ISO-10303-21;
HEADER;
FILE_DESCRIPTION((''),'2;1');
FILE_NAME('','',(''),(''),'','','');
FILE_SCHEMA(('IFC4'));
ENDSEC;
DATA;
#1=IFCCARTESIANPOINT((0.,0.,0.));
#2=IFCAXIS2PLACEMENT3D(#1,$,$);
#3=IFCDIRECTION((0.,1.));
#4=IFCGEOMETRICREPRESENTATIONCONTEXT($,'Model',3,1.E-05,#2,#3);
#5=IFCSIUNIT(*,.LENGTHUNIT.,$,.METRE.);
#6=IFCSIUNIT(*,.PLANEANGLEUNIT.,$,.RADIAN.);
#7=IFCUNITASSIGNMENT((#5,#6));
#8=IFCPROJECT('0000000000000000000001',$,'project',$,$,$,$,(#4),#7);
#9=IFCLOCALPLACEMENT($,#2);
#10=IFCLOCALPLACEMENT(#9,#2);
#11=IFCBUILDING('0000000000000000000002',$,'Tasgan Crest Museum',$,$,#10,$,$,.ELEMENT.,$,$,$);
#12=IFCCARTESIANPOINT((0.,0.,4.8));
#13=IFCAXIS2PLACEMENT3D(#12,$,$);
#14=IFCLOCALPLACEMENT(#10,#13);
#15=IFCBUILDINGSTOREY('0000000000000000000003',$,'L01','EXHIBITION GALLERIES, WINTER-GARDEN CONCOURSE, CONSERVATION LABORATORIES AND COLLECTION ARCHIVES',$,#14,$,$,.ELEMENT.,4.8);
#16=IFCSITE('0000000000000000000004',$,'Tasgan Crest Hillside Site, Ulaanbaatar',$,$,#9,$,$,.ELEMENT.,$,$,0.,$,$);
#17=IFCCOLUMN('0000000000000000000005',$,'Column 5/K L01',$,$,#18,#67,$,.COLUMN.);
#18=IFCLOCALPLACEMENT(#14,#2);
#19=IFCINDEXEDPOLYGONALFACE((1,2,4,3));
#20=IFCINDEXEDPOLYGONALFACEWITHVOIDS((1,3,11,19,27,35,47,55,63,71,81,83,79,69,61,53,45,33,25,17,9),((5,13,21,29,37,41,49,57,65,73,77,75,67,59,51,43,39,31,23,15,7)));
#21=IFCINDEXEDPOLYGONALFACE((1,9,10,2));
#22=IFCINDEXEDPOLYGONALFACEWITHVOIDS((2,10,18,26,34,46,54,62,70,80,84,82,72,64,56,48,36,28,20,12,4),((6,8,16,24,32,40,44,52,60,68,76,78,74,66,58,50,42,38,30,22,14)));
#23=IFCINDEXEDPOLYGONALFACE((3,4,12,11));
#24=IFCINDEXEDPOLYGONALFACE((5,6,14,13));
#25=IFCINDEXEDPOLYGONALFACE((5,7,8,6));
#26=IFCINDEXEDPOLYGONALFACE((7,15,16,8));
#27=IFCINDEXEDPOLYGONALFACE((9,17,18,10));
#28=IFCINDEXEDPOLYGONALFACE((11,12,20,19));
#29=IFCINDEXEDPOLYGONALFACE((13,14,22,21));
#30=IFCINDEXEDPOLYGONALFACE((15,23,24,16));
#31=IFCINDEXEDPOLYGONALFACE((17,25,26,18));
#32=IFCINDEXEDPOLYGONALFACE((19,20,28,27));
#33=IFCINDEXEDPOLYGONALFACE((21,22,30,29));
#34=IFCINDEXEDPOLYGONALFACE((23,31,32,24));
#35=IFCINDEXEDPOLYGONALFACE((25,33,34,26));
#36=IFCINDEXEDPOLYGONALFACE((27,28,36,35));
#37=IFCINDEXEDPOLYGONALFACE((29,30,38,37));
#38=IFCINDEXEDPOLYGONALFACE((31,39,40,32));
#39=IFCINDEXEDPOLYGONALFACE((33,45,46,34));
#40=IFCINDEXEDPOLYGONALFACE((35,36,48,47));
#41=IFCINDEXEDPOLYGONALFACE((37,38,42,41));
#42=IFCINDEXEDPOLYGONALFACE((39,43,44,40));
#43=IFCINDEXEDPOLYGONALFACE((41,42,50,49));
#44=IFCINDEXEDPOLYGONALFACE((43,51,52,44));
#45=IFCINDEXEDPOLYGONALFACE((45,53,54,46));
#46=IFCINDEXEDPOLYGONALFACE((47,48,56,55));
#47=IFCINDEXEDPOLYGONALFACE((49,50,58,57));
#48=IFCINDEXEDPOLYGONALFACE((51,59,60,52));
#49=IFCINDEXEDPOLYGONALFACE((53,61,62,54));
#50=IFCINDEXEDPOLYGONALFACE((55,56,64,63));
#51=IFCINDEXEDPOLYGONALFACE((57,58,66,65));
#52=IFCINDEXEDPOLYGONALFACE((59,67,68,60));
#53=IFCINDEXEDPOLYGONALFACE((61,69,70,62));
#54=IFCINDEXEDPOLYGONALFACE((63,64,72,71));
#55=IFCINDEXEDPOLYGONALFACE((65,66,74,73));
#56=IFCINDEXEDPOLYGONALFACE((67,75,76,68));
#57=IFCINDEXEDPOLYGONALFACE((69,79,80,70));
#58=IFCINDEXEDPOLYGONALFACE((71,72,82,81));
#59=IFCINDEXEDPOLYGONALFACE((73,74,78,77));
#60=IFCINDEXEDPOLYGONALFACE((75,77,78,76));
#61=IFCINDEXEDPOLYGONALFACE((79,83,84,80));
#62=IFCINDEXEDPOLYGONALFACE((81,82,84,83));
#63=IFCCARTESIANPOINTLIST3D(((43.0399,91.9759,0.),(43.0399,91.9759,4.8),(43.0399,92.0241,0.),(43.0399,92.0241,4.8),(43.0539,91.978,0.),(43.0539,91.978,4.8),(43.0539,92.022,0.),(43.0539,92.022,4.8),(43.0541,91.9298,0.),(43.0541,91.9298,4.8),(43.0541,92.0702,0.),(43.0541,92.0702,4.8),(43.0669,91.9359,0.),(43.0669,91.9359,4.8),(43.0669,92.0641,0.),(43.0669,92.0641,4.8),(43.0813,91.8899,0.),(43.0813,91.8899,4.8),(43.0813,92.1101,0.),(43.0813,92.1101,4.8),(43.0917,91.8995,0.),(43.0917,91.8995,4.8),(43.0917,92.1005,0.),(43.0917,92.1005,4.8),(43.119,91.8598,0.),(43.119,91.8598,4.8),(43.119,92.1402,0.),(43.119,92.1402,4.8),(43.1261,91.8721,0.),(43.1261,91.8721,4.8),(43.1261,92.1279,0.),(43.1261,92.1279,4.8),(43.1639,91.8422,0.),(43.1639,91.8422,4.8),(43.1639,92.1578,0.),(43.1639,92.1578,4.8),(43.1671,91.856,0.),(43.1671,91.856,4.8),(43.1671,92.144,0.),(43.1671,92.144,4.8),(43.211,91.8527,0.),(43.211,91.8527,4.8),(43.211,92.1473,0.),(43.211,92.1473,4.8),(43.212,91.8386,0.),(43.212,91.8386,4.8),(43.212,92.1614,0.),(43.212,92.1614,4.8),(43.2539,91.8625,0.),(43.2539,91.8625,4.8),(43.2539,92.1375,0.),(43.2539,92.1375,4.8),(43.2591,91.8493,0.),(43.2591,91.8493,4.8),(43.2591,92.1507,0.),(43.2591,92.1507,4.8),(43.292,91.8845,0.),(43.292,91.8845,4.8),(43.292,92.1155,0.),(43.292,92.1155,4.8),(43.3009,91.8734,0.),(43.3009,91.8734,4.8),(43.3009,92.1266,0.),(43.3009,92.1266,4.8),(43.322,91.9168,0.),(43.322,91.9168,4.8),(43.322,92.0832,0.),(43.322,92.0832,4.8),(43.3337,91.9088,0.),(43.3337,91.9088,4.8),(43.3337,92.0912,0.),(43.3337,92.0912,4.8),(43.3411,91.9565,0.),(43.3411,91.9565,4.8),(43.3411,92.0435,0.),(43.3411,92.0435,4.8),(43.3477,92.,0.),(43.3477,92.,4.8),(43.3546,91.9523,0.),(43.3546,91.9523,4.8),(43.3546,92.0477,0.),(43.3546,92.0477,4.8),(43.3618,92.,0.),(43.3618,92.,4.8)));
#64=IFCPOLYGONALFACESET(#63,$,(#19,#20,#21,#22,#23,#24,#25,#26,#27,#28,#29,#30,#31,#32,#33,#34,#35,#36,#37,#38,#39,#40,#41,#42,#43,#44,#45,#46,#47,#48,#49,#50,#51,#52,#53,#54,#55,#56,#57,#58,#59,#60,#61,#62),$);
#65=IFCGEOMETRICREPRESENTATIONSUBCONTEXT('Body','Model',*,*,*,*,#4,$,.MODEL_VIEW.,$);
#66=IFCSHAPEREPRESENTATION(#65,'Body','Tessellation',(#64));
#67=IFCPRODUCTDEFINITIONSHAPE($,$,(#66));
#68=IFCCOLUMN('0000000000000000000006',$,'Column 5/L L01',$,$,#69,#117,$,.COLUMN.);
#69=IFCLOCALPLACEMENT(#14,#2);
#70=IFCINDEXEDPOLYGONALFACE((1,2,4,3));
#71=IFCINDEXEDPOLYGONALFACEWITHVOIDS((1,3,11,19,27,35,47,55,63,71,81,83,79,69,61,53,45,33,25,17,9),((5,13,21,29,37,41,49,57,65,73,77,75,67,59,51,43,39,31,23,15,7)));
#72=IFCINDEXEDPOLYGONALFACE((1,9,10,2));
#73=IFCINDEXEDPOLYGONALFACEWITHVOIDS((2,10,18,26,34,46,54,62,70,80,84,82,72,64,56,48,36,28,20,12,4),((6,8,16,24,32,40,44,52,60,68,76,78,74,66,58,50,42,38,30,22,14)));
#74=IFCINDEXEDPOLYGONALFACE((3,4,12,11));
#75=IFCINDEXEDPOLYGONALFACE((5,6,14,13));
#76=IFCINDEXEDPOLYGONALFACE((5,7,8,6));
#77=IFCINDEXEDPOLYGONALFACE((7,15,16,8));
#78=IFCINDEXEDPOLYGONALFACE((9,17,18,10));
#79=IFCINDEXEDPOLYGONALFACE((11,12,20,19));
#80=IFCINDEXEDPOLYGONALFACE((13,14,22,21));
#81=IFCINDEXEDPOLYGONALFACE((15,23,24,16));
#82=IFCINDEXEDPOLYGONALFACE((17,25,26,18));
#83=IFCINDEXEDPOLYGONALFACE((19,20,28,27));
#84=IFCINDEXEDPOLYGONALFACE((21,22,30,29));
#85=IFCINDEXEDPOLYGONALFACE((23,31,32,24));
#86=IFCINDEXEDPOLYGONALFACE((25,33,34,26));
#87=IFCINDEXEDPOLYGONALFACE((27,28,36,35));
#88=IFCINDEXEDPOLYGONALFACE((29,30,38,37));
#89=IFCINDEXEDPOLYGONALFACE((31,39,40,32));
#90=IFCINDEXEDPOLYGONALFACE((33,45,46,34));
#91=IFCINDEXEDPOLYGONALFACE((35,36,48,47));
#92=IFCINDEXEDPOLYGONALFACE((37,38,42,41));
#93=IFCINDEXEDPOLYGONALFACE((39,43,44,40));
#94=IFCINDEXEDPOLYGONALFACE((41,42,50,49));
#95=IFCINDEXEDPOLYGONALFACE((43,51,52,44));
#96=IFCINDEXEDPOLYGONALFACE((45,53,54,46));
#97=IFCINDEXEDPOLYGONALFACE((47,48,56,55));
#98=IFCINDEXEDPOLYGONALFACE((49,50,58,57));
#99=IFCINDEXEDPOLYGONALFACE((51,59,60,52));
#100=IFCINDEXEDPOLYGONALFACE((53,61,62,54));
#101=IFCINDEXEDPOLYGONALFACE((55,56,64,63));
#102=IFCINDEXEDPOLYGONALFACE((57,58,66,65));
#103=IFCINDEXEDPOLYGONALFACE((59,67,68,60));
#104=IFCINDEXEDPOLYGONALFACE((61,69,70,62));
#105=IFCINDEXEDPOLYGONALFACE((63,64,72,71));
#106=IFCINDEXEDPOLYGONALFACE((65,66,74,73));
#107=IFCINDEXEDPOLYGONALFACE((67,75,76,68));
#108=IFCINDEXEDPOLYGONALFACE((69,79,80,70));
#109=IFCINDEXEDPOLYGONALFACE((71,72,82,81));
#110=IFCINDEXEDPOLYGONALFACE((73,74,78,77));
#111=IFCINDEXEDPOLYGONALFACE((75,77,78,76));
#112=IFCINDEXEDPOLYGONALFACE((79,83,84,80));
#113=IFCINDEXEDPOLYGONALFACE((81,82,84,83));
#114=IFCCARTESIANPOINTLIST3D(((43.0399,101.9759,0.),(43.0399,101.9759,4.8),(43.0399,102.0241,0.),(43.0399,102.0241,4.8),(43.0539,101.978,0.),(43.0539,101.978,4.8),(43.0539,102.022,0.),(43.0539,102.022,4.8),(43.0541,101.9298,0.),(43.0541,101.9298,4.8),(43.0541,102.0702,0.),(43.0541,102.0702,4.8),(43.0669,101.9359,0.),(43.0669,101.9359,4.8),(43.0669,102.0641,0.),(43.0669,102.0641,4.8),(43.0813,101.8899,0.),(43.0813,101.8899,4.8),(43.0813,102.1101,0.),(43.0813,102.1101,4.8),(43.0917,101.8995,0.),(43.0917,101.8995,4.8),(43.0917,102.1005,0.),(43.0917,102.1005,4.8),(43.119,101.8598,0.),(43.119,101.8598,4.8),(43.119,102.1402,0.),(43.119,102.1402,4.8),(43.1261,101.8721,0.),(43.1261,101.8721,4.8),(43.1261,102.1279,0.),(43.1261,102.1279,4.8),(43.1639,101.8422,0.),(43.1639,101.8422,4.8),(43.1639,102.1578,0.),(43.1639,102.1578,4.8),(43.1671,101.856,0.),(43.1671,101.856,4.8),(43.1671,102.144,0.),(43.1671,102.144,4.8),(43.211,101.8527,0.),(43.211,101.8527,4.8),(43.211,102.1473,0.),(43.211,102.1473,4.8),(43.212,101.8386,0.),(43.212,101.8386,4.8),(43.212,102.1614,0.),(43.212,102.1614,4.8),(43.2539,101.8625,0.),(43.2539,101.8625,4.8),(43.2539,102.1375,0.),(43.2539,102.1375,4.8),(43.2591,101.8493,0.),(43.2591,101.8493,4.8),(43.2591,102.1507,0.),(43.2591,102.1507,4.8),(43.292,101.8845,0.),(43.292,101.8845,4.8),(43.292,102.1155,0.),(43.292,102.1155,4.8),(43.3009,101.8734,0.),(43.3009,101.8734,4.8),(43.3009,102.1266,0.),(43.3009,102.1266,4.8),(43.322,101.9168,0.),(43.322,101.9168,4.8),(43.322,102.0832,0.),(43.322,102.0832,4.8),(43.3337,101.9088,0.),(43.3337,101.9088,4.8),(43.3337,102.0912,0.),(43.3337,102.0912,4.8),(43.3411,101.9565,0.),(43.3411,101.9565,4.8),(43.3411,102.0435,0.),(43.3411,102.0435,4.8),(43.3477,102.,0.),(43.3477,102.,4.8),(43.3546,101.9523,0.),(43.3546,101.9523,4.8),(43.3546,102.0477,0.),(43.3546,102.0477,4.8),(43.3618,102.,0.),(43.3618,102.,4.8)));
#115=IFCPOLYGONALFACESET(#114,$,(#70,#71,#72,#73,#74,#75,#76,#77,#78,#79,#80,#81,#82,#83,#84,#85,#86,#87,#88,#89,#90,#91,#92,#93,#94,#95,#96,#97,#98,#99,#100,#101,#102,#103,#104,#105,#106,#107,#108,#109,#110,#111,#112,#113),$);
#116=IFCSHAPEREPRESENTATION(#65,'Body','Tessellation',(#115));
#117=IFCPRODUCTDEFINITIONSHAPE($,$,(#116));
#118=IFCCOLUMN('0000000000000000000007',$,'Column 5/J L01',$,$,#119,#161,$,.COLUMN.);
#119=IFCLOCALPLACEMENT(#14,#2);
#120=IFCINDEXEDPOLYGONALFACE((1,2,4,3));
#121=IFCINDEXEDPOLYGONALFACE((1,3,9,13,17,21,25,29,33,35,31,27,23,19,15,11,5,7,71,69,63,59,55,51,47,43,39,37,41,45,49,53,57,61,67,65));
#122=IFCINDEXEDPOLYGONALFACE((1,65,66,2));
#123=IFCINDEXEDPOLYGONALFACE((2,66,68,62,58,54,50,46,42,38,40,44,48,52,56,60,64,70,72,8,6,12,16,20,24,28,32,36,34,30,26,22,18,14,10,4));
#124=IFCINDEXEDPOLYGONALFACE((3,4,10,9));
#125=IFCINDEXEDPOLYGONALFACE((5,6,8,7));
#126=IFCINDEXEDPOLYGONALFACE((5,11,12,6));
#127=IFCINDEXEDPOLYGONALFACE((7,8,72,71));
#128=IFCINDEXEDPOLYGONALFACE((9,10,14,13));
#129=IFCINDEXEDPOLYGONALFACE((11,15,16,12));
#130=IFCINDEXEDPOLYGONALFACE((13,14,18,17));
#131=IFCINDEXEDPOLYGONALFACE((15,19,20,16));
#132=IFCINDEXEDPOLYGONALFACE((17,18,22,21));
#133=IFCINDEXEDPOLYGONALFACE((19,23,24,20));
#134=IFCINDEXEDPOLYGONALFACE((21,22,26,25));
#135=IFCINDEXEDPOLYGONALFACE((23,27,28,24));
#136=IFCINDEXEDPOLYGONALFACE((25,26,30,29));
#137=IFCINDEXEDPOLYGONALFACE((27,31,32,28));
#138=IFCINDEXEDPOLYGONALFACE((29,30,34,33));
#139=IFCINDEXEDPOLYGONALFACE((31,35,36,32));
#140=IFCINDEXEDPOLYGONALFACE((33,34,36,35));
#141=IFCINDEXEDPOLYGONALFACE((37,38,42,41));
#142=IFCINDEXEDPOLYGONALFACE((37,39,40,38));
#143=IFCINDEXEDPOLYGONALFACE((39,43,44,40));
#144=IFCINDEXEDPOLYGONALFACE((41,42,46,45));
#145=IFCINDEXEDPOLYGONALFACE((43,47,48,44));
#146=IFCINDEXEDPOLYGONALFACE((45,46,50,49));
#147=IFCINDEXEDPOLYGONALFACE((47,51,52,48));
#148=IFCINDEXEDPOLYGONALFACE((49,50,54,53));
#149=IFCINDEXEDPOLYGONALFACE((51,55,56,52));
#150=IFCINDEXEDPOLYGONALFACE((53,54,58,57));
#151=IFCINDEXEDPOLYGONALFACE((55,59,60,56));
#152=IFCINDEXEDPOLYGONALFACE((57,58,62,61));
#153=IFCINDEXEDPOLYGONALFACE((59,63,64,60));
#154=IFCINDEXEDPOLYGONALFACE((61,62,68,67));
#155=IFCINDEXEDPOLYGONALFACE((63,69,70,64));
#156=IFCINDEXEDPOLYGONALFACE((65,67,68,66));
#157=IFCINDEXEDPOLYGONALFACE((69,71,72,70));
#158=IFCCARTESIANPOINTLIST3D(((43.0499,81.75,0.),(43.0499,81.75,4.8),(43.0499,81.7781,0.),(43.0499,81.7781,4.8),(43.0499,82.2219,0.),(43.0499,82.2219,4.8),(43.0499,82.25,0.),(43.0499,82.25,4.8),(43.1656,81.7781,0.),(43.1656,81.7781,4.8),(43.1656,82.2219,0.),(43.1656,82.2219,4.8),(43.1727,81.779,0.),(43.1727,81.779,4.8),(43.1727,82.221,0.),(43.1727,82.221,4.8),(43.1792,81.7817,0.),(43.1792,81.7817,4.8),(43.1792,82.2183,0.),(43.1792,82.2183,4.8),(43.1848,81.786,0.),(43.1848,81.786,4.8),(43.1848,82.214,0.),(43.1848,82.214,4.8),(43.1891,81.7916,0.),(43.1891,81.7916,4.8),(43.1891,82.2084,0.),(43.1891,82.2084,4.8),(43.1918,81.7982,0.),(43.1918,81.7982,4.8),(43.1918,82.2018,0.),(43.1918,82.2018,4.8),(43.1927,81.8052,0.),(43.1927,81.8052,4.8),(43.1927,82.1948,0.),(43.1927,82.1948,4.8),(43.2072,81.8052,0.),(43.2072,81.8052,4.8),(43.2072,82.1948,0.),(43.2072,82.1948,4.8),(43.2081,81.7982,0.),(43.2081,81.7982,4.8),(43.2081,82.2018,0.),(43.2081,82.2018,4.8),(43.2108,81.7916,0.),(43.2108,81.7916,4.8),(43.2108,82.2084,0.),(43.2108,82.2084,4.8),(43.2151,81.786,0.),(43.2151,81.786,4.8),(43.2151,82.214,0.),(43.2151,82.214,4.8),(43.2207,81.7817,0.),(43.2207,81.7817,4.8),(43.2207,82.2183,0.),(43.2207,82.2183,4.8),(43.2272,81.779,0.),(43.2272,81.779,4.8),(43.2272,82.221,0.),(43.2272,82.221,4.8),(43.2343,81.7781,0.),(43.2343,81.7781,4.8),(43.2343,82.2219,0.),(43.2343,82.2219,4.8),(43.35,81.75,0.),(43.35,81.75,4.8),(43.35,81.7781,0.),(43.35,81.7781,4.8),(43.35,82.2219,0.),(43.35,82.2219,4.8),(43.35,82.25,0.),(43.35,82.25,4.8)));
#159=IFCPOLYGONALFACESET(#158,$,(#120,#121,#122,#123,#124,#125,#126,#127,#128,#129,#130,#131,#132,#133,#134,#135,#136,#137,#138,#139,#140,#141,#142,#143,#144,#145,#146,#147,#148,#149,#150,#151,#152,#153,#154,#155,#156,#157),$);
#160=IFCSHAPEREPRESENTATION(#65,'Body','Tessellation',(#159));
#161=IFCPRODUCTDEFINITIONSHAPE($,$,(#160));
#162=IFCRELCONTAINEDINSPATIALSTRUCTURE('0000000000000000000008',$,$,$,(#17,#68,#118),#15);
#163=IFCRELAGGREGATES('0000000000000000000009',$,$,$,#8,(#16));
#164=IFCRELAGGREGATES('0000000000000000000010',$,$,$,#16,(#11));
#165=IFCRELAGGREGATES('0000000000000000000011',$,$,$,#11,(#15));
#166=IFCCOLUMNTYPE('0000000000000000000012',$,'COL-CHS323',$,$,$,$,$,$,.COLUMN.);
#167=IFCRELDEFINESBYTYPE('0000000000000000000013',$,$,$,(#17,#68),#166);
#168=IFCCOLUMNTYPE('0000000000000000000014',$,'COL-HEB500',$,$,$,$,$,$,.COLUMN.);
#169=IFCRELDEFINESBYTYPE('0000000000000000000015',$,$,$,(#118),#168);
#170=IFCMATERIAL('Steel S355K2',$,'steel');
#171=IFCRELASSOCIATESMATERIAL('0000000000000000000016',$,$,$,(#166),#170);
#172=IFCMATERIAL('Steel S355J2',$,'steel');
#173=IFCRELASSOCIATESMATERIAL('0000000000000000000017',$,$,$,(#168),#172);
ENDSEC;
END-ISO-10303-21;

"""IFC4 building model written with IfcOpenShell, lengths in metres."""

from ifc_helpers import new_model, si_unit, direction, frame, origin, origin_2d, place, context, subcontext, project, spatial, hollow_circle, i_section, extrude, material, material_profile, profile_set, type_object, element, save


model = new_model("IFC4")

# Units and contexts
model_context = context("Model", 3, precision=1e-05, world=origin(), true_north=direction((0.0, 1.0)))
body_context = subcontext(model_context, "Body", "Model", "MODEL_VIEW")
ifc_project = project(units=[si_unit("LENGTHUNIT", "METRE"), si_unit("PLANEANGLEUNIT", "RADIAN")], contexts=[model_context])

# Site, building, storey
site_placement = place(None, origin())
site = spatial("IfcSite", under=ifc_project, at=site_placement, Name="Tasgan Crest Hillside Site, Ulaanbaatar", CompositionType="ELEMENT", RefElevation=0.0)
building_placement = place(site_placement, origin())
building = spatial("IfcBuilding", under=site, at=building_placement, Name="Tasgan Crest Museum", CompositionType="ELEMENT")
storey_placement = place(building_placement, frame((0.0, 0.0, 4.8)))
storey = spatial("IfcBuildingStorey", under=building, at=storey_placement, Name="L01", Description="EXHIBITION GALLERIES, WINTER-GARDEN CONCOURSE, CONSERVATION LABORATORIES AND COLLECTION ARCHIVES", CompositionType="ELEMENT", Elevation=4.8)

# Columns
ifc_material_1 = material(Name="Steel S355K2", Category="steel")
ifc_material_profile_1 = material_profile(ifc_material_1, hollow_circle(Radius=0.1619, WallThickness=0.0142, at=origin_2d()), Name="CHS 323.9x14.2")
ifc_profile_set_1 = profile_set([ifc_material_profile_1], Name="Steel S355K2")
column_type_1 = type_object("IfcColumnType", Name="COL-CHS323", PredefinedType="COLUMN", material=ifc_profile_set_1)
for number, where, z_axis, x_axis, name in (
    (1, (43.2, 92.0, 0.0), (0.0, 0.0, 1.0), (1.0, 0.0, 0.0), "Column 5/K L01"),
    (2, (43.2, 102.0, 0.0), (0.0, 0.0, 1.0), (1.0, 0.0, 0.0), "Column 5/L L01"),
):
    element("IfcColumn", number, at=place(storey_placement, frame(where, z_axis=z_axis, x_axis=x_axis)), inside=storey, type_object=column_type_1, Name=name, PredefinedType="COLUMN", context=body_context, shape_type="SweptSolid", body=[
        extrude(hollow_circle(Radius=0.1619, WallThickness=0.0142, at=origin_2d()), origin(), (0.0, 0.0, 1.0), 4.8),
    ])
ifc_material_2 = material(Name="Steel S355J2", Category="steel")
ifc_material_profile_2 = material_profile(ifc_material_2, i_section(OverallWidth=0.3, OverallDepth=0.5, WebThickness=0.0144, FlangeThickness=0.0281, FilletRadius=0.0271, at=origin_2d()), Name="HEB 500")
ifc_profile_set_2 = profile_set([ifc_material_profile_2], Name="Steel S355J2")
column_type_2 = type_object("IfcColumnType", Name="COL-HEB500", PredefinedType="COLUMN", material=ifc_profile_set_2)
column_1_placement = place(storey_placement, frame((43.2, 82.0, 0.0), z_axis=(0.0, 0.0, 1.0), x_axis=(1.0, 0.0, 0.0)))
element("IfcColumn", 3, at=column_1_placement, inside=storey, type_object=column_type_2, Name="Column 5/J L01", PredefinedType="COLUMN", context=body_context, shape_type="SweptSolid", body=[
    extrude(i_section(OverallWidth=0.3, OverallDepth=0.5, WebThickness=0.0144, FlangeThickness=0.0281, FilletRadius=0.0271, at=origin_2d()), origin(), (0.0, 0.0, 1.0), 4.8),
])

save(model, "model.ifc")
